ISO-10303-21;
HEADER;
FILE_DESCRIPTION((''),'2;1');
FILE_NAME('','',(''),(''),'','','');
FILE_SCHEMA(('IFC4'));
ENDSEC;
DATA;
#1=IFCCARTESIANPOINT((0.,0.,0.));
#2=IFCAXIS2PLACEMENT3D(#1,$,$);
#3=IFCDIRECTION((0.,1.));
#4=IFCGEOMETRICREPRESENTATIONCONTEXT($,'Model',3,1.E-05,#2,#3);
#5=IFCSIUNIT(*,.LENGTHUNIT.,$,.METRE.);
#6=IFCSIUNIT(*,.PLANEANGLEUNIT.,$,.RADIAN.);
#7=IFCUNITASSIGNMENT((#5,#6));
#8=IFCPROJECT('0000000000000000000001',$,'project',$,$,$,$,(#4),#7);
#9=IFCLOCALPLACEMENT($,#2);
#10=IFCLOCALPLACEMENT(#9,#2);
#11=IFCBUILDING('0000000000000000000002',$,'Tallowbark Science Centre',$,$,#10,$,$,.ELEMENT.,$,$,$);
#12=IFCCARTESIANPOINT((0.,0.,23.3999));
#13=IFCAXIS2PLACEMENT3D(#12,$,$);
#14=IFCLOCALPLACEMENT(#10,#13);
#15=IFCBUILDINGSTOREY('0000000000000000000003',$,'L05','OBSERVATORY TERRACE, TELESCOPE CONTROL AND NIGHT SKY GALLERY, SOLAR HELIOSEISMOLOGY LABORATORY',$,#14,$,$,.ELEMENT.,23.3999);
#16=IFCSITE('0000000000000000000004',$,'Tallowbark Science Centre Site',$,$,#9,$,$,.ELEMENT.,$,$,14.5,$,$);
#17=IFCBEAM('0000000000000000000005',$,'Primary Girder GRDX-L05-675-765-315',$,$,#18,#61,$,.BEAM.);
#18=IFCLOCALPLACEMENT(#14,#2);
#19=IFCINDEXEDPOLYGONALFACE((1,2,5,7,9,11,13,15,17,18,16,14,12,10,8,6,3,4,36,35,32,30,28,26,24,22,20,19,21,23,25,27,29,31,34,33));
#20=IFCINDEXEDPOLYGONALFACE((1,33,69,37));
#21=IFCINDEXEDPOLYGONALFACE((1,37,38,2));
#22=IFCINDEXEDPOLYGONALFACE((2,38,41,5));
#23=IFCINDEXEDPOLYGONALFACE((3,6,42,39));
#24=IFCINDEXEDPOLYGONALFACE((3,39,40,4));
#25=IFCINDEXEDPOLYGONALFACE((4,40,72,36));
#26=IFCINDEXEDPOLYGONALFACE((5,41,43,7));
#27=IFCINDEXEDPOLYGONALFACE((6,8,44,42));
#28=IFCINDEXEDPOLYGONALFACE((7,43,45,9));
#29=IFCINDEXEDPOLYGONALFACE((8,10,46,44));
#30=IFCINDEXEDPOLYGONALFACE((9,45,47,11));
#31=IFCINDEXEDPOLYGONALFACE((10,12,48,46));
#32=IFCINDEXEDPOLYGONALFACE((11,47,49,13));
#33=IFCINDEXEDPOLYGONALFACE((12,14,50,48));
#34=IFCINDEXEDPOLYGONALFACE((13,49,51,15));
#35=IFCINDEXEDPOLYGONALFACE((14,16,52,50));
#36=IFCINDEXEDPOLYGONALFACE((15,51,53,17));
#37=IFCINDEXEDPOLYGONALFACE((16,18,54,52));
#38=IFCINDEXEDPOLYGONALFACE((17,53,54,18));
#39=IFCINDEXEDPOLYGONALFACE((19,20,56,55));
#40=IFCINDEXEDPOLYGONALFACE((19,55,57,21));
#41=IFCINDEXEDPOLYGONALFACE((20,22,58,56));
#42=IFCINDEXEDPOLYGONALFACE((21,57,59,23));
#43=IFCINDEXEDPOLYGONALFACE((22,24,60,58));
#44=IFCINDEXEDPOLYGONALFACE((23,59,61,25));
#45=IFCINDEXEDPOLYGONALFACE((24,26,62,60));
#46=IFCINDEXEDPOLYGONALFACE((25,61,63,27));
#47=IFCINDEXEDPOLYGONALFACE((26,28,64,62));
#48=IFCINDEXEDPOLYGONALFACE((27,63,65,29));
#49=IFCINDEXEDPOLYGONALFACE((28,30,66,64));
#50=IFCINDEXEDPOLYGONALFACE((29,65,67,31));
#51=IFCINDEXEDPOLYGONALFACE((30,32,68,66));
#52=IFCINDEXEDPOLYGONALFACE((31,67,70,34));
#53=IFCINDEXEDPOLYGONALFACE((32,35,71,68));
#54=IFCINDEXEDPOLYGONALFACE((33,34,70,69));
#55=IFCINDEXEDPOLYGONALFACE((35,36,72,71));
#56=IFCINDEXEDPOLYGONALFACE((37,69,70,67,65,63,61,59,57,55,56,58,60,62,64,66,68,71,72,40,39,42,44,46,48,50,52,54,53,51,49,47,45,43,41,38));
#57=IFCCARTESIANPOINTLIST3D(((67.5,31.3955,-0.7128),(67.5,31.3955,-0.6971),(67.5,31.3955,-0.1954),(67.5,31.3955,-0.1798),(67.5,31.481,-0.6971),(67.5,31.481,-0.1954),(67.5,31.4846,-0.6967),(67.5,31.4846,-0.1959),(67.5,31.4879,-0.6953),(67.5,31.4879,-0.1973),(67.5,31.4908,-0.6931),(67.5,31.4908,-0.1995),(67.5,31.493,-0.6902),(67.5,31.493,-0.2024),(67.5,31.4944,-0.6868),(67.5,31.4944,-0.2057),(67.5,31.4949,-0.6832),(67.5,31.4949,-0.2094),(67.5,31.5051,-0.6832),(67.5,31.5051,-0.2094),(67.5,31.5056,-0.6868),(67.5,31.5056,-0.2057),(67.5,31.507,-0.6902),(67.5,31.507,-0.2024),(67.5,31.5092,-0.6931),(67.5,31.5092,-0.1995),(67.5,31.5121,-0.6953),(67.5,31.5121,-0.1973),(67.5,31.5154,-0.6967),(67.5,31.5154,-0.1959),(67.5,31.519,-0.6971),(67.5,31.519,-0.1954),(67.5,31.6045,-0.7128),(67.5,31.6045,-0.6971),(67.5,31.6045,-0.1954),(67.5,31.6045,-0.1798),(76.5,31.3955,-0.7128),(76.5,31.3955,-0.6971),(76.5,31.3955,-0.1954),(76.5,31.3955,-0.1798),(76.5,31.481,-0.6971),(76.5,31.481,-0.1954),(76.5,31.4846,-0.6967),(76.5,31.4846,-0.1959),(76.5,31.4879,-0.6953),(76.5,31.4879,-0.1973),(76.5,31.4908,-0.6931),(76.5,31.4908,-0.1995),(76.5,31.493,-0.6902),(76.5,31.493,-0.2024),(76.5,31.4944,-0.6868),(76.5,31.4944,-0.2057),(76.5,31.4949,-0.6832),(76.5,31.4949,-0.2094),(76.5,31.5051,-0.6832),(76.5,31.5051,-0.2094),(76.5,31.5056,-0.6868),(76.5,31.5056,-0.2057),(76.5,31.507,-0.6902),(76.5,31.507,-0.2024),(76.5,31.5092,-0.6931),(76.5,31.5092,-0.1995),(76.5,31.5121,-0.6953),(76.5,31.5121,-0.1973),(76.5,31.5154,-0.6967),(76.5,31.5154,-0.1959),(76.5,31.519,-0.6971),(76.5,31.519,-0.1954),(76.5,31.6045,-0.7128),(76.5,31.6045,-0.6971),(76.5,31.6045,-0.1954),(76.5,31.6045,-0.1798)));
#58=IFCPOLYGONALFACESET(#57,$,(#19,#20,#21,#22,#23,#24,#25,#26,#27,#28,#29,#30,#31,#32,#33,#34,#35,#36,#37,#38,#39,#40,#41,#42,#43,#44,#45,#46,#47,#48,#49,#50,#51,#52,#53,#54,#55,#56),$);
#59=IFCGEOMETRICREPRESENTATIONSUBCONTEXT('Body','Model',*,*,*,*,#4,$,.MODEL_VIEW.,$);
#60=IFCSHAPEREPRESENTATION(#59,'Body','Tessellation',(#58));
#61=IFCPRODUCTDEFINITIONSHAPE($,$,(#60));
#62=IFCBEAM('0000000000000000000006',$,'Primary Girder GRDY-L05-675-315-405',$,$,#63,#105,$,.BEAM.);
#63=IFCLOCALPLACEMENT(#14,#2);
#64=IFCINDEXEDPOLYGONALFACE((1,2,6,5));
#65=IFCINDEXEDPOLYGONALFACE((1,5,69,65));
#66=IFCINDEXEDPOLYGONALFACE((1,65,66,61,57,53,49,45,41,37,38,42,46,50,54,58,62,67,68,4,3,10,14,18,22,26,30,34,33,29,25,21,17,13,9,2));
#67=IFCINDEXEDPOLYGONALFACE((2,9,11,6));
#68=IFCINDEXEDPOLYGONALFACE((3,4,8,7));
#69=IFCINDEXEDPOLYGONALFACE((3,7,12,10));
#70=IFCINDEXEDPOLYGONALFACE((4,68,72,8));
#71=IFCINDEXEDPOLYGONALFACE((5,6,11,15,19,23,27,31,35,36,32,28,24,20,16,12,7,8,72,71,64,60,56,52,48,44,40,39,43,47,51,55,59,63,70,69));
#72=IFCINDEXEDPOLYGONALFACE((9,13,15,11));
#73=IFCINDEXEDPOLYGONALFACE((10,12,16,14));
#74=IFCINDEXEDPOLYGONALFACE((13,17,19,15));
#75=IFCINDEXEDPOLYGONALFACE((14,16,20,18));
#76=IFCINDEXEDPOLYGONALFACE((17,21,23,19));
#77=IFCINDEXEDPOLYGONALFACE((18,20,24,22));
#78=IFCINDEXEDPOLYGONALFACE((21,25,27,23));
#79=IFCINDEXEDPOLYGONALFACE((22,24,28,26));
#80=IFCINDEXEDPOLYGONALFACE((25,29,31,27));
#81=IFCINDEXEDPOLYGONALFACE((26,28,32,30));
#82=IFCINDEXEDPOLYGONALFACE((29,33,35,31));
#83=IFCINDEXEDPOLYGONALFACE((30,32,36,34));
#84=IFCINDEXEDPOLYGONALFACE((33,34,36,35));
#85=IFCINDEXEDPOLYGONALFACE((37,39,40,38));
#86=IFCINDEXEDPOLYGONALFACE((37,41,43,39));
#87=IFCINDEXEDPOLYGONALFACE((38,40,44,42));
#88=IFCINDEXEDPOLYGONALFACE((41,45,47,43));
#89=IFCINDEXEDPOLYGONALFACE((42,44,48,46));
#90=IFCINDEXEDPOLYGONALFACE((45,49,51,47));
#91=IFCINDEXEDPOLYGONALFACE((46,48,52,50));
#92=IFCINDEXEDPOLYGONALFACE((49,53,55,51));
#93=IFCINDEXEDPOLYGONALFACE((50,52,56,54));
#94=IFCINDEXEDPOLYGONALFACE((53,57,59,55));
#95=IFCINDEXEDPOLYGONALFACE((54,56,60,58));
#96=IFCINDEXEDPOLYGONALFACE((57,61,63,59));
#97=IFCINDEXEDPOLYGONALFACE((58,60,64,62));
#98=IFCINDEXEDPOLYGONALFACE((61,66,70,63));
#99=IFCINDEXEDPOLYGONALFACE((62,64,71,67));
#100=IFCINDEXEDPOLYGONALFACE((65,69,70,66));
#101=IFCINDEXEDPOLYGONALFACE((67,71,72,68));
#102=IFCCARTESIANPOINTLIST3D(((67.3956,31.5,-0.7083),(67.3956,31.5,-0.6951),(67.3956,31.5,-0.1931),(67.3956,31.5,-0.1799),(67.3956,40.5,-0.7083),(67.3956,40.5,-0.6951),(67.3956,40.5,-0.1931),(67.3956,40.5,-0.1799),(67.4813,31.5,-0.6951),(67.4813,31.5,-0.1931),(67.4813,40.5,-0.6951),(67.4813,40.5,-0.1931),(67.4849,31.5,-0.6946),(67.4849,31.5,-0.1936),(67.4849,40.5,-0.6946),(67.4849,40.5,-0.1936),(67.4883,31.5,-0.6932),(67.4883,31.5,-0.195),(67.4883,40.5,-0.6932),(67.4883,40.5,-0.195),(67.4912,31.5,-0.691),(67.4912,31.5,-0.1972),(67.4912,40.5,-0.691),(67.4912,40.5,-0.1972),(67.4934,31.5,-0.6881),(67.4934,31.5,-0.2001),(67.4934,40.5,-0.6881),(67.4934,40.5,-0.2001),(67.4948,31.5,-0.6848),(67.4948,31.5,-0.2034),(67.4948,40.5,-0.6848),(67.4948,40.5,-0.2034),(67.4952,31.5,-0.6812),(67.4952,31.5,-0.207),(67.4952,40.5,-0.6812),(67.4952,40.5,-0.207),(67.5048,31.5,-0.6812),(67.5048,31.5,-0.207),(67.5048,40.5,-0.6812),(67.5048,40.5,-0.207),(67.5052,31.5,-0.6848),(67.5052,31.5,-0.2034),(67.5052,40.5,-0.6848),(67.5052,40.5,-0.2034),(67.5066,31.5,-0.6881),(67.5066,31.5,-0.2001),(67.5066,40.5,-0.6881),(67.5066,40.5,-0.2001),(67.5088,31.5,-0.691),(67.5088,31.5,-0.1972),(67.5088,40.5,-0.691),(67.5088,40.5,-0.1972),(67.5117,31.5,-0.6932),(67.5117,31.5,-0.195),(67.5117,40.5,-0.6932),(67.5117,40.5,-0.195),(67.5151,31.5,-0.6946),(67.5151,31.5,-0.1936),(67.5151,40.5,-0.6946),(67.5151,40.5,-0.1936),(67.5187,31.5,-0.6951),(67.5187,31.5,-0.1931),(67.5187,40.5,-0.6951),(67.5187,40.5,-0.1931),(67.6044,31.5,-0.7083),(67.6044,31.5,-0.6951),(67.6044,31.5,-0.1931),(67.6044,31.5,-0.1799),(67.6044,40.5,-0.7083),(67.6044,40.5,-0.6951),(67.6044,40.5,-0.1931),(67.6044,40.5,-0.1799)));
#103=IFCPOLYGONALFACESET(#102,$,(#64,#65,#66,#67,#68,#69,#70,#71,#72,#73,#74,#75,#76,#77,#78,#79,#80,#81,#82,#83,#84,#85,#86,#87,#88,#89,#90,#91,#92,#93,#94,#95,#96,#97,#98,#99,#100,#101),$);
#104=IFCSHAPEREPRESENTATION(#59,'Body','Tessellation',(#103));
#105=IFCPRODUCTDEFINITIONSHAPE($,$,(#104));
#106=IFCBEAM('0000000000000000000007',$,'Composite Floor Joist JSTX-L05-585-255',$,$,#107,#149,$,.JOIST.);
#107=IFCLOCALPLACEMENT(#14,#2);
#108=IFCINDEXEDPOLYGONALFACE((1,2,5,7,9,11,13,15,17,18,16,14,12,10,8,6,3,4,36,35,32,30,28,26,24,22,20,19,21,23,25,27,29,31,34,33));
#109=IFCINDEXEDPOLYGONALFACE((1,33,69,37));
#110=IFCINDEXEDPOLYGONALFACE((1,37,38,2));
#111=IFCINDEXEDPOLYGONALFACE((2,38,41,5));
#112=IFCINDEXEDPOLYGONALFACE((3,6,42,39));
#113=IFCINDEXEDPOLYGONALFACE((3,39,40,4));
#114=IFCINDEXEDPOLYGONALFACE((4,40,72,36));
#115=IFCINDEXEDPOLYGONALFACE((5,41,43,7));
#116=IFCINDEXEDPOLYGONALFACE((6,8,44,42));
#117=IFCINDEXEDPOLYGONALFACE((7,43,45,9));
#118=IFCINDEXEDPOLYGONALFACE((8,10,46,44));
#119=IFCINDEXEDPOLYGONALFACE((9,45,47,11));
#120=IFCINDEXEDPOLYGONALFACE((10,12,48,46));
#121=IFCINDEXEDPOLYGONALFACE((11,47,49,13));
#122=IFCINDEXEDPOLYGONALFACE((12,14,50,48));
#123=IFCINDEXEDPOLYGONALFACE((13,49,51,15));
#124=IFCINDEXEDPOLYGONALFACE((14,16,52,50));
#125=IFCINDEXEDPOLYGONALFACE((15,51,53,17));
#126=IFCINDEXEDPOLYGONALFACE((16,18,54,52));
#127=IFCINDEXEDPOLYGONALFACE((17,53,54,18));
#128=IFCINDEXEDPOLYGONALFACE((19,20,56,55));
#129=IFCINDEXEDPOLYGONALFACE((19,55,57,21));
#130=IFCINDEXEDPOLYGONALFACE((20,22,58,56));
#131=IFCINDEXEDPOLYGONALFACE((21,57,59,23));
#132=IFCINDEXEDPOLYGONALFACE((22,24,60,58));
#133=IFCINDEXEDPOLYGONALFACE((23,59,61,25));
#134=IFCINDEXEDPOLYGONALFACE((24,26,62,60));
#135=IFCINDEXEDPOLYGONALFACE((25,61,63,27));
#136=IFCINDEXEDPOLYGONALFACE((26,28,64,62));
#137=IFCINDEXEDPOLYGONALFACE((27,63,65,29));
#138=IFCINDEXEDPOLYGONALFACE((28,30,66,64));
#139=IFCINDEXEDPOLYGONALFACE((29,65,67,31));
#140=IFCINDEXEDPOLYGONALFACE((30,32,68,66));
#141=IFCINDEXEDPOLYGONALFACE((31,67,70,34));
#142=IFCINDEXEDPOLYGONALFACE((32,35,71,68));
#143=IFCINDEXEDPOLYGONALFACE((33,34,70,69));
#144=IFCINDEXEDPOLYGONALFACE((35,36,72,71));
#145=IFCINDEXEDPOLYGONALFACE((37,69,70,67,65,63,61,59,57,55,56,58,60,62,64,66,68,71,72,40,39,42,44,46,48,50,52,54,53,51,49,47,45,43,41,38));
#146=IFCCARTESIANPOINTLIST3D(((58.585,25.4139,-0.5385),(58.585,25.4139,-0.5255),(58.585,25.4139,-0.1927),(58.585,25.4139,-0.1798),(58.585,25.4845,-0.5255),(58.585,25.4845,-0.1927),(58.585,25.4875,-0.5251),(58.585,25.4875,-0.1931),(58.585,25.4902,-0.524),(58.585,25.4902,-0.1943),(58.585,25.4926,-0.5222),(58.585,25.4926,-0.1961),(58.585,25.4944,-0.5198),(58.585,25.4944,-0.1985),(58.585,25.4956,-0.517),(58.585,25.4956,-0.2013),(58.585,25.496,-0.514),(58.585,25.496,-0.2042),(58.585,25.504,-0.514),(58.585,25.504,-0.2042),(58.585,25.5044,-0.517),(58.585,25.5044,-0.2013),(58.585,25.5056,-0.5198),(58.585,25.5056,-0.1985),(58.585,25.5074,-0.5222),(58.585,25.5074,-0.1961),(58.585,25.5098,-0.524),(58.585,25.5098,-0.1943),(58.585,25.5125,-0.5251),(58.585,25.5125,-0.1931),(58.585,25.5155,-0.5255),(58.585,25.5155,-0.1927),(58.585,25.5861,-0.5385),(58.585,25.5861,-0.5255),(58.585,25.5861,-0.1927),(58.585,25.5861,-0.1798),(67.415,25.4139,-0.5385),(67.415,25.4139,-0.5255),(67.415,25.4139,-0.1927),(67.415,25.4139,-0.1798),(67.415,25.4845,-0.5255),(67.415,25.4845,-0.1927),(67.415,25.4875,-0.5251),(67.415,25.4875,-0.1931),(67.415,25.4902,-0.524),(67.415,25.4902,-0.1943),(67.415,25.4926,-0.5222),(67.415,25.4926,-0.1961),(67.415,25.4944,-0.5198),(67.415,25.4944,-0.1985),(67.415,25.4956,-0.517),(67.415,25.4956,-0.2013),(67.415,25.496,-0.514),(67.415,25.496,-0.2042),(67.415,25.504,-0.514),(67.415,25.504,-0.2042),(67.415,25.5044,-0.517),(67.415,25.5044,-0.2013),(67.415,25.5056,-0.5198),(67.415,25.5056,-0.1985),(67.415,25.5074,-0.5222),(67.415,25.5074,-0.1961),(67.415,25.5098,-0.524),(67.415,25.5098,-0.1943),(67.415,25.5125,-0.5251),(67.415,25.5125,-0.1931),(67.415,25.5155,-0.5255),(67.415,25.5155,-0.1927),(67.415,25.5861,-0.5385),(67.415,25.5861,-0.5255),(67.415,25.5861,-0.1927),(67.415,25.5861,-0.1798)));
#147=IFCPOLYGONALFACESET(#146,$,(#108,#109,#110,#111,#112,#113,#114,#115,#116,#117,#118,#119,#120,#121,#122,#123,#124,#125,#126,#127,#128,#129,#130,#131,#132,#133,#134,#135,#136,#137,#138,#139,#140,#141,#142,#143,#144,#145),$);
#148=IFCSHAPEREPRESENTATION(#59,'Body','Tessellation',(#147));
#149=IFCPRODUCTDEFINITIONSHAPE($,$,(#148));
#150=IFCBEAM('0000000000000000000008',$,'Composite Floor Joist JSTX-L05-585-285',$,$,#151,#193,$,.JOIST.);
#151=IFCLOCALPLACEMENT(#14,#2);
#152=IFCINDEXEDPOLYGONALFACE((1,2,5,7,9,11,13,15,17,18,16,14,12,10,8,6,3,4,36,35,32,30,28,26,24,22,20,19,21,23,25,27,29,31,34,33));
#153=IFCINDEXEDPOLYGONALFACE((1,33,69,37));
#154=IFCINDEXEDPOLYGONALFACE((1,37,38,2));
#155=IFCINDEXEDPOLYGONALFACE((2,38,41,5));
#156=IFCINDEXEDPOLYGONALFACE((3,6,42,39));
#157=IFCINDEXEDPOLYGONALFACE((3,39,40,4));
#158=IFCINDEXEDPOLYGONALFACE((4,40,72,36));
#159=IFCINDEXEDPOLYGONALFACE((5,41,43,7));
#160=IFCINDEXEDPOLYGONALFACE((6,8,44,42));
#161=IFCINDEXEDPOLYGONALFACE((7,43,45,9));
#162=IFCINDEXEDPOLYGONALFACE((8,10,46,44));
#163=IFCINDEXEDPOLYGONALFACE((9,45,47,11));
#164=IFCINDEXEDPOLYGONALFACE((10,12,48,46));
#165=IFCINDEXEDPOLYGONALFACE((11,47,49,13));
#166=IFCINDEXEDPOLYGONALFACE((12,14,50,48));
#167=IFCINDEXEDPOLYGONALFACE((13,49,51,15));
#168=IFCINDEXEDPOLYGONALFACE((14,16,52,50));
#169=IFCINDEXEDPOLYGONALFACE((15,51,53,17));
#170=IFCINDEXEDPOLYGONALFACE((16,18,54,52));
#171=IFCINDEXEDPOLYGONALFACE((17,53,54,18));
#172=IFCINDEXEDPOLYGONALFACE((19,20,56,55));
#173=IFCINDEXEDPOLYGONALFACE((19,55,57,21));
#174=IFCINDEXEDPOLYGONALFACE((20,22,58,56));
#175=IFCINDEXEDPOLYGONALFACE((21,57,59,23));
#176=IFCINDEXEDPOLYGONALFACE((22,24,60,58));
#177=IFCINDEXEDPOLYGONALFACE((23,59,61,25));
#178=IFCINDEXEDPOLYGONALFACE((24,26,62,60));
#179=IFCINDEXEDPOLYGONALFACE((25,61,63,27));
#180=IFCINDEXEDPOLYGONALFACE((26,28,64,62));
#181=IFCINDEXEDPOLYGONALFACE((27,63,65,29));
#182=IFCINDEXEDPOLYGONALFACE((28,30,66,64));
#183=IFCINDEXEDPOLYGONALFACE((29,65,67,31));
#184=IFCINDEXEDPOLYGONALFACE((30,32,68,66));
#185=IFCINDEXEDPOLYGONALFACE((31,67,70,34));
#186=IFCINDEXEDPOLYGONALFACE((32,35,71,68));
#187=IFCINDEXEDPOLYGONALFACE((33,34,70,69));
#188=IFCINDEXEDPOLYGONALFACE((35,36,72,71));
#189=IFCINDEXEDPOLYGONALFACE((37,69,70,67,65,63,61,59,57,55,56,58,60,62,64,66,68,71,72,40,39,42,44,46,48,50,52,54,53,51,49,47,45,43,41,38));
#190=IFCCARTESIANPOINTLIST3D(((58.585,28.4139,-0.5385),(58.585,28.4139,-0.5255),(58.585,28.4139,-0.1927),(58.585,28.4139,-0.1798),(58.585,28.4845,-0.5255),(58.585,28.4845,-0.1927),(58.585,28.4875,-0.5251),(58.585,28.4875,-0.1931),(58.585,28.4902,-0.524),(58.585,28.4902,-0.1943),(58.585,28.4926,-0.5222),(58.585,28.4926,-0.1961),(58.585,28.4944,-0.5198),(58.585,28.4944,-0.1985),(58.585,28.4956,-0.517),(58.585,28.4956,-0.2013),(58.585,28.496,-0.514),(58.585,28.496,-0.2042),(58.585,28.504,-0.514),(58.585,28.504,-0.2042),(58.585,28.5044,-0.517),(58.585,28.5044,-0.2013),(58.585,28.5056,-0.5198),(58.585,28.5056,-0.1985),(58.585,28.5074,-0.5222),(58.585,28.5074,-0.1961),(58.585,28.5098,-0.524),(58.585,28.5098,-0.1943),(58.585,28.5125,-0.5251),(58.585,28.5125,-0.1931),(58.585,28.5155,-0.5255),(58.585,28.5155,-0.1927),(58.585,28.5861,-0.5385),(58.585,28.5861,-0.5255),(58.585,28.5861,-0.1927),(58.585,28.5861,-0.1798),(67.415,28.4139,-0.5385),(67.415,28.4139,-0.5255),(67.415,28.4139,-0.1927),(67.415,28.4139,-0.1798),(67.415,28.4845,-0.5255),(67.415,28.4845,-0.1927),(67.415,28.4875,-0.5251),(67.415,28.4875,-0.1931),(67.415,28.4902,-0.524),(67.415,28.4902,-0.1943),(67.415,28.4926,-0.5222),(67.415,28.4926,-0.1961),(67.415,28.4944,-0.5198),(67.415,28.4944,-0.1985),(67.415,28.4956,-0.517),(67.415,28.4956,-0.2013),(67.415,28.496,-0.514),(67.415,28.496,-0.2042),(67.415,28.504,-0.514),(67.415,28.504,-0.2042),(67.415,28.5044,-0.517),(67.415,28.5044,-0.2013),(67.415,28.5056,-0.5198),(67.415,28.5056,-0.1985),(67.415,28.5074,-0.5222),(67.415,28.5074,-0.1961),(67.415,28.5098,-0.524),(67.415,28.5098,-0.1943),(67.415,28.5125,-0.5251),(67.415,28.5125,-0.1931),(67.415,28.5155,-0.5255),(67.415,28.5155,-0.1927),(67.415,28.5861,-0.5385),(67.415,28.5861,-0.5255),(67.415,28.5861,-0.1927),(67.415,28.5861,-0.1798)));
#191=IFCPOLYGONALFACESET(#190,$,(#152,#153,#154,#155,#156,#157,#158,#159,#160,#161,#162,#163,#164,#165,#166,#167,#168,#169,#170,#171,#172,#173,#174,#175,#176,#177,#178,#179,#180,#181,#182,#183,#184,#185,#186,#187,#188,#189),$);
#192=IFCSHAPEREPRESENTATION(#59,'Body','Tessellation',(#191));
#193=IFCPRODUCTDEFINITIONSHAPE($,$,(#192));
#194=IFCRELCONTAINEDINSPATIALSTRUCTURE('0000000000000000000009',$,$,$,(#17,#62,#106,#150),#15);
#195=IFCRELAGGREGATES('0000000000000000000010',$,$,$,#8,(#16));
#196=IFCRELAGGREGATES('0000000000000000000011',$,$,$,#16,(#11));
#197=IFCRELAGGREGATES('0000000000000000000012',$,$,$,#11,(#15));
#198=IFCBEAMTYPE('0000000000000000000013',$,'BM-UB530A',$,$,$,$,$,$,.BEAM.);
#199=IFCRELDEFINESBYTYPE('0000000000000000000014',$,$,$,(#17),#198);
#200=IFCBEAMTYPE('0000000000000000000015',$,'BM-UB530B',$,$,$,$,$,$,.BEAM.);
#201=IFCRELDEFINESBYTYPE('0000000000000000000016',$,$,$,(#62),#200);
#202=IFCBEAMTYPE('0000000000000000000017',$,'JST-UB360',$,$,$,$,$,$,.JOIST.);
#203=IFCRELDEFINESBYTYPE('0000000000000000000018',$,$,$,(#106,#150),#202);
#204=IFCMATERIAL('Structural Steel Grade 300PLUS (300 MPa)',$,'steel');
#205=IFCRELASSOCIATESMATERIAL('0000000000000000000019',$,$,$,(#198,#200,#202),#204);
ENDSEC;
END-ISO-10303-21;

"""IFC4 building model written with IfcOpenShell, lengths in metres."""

from ifc_helpers import new_model, si_unit, direction, frame, origin, origin_2d, place, context, subcontext, project, spatial, i_section, extrude, material, material_profile, profile_set, type_object, element, save


model = new_model("IFC4")

# Units and contexts
model_context = context("Model", 3, precision=1e-05, world=origin(), true_north=direction((0.0, 1.0)))
body_context = subcontext(model_context, "Body", "Model", "MODEL_VIEW")
ifc_project = project(units=[si_unit("LENGTHUNIT", "METRE"), si_unit("PLANEANGLEUNIT", "RADIAN")], contexts=[model_context])

# Site, building, storey
site_placement = place(None, origin())
site = spatial("IfcSite", under=ifc_project, at=site_placement, Name="Tallowbark Science Centre Site", CompositionType="ELEMENT", RefElevation=14.5)
building_placement = place(site_placement, origin())
building = spatial("IfcBuilding", under=site, at=building_placement, Name="Tallowbark Science Centre", CompositionType="ELEMENT")
storey_placement = place(building_placement, frame((0.0, 0.0, 23.3999)))
storey = spatial("IfcBuildingStorey", under=building, at=storey_placement, Name="L05", Description="OBSERVATORY TERRACE, TELESCOPE CONTROL AND NIGHT SKY GALLERY, SOLAR HELIOSEISMOLOGY LABORATORY", CompositionType="ELEMENT", Elevation=23.3999)

# Shared definitions
ifc_material_1 = material(Name="Structural Steel Grade 300PLUS (300 MPa)", Category="steel")

# Beams
ifc_material_profile_1 = material_profile(ifc_material_1, i_section(OverallWidth=0.209, OverallDepth=0.533, WebThickness=0.0103, FlangeThickness=0.0156, FilletRadius=0.0139, at=origin_2d()), Name="530UB92.4")
ifc_profile_set_1 = profile_set([ifc_material_profile_1], Name="Structural Steel Grade 300PLUS (300 MPa)")
beam_type_1 = type_object("IfcBeamType", Name="BM-UB530A", PredefinedType="BEAM", material=ifc_profile_set_1)
beam_1_placement = place(storey_placement, frame((67.5, 31.5, -0.4463), z_axis=(1.0, 0.0, 0.0), x_axis=(0.0, 1.0, 0.0)))
element("IfcBeam", 1, at=beam_1_placement, inside=storey, type_object=beam_type_1, Name="Primary Girder GRDX-L05-675-765-315", PredefinedType="BEAM", context=body_context, shape_type="SweptSolid", body=[
    extrude(i_section(OverallWidth=0.209, OverallDepth=0.533, WebThickness=0.0103, FlangeThickness=0.0156, FilletRadius=0.0139, at=origin_2d()), origin(), (0.0, 0.0, 1.0), 9.0),
])
ifc_material_profile_2 = material_profile(ifc_material_1, i_section(OverallWidth=0.2087, OverallDepth=0.5283, WebThickness=0.0095, FlangeThickness=0.0132, FilletRadius=0.0139, at=origin_2d()), Name="530UB82.0")
ifc_profile_set_2 = profile_set([ifc_material_profile_2], Name="Structural Steel Grade 300PLUS (300 MPa)")
beam_type_2 = type_object("IfcBeamType", Name="BM-UB530B", PredefinedType="BEAM", material=ifc_profile_set_2)
beam_2_placement = place(storey_placement, frame((67.5, 31.5, -0.4441), z_axis=(0.0, 1.0, 0.0), x_axis=(-1.0, 0.0, 0.0)))
element("IfcBeam", 2, at=beam_2_placement, inside=storey, type_object=beam_type_2, Name="Primary Girder GRDY-L05-675-315-405", PredefinedType="BEAM", context=body_context, shape_type="SweptSolid", body=[
    extrude(i_section(OverallWidth=0.2087, OverallDepth=0.5283, WebThickness=0.0095, FlangeThickness=0.0132, FilletRadius=0.0139, at=origin_2d()), origin(), (0.0, 0.0, 1.0), 9.0),
])
ifc_material_profile_3 = material_profile(ifc_material_1, i_section(OverallWidth=0.1721, OverallDepth=0.3586, WebThickness=0.0081, FlangeThickness=0.0129, FilletRadius=0.0115, at=origin_2d()), Name="360UB56.7")
ifc_profile_set_3 = profile_set([ifc_material_profile_3], Name="Structural Steel Grade 300PLUS (300 MPa)")
beam_type_3 = type_object("IfcBeamType", Name="JST-UB360", PredefinedType="JOIST", material=ifc_profile_set_3)
for number, where, z_axis, x_axis, name in (
    (3, (58.585, 25.5, -0.3591), (1.0, 0.0, 0.0), (0.0, 1.0, 0.0), "Composite Floor Joist JSTX-L05-585-255"),
    (4, (58.585, 28.5, -0.3591), (1.0, 0.0, 0.0), (0.0, 1.0, 0.0), "Composite Floor Joist JSTX-L05-585-285"),
):
    element("IfcBeam", number, at=place(storey_placement, frame(where, z_axis=z_axis, x_axis=x_axis)), inside=storey, type_object=beam_type_3, Name=name, PredefinedType="JOIST", context=body_context, shape_type="SweptSolid", body=[
        extrude(i_section(OverallWidth=0.1721, OverallDepth=0.3586, WebThickness=0.0081, FlangeThickness=0.0129, FilletRadius=0.0115, at=origin_2d()), origin(), (0.0, 0.0, 1.0), 8.8301),
    ])

save(model, "model.ifc")
